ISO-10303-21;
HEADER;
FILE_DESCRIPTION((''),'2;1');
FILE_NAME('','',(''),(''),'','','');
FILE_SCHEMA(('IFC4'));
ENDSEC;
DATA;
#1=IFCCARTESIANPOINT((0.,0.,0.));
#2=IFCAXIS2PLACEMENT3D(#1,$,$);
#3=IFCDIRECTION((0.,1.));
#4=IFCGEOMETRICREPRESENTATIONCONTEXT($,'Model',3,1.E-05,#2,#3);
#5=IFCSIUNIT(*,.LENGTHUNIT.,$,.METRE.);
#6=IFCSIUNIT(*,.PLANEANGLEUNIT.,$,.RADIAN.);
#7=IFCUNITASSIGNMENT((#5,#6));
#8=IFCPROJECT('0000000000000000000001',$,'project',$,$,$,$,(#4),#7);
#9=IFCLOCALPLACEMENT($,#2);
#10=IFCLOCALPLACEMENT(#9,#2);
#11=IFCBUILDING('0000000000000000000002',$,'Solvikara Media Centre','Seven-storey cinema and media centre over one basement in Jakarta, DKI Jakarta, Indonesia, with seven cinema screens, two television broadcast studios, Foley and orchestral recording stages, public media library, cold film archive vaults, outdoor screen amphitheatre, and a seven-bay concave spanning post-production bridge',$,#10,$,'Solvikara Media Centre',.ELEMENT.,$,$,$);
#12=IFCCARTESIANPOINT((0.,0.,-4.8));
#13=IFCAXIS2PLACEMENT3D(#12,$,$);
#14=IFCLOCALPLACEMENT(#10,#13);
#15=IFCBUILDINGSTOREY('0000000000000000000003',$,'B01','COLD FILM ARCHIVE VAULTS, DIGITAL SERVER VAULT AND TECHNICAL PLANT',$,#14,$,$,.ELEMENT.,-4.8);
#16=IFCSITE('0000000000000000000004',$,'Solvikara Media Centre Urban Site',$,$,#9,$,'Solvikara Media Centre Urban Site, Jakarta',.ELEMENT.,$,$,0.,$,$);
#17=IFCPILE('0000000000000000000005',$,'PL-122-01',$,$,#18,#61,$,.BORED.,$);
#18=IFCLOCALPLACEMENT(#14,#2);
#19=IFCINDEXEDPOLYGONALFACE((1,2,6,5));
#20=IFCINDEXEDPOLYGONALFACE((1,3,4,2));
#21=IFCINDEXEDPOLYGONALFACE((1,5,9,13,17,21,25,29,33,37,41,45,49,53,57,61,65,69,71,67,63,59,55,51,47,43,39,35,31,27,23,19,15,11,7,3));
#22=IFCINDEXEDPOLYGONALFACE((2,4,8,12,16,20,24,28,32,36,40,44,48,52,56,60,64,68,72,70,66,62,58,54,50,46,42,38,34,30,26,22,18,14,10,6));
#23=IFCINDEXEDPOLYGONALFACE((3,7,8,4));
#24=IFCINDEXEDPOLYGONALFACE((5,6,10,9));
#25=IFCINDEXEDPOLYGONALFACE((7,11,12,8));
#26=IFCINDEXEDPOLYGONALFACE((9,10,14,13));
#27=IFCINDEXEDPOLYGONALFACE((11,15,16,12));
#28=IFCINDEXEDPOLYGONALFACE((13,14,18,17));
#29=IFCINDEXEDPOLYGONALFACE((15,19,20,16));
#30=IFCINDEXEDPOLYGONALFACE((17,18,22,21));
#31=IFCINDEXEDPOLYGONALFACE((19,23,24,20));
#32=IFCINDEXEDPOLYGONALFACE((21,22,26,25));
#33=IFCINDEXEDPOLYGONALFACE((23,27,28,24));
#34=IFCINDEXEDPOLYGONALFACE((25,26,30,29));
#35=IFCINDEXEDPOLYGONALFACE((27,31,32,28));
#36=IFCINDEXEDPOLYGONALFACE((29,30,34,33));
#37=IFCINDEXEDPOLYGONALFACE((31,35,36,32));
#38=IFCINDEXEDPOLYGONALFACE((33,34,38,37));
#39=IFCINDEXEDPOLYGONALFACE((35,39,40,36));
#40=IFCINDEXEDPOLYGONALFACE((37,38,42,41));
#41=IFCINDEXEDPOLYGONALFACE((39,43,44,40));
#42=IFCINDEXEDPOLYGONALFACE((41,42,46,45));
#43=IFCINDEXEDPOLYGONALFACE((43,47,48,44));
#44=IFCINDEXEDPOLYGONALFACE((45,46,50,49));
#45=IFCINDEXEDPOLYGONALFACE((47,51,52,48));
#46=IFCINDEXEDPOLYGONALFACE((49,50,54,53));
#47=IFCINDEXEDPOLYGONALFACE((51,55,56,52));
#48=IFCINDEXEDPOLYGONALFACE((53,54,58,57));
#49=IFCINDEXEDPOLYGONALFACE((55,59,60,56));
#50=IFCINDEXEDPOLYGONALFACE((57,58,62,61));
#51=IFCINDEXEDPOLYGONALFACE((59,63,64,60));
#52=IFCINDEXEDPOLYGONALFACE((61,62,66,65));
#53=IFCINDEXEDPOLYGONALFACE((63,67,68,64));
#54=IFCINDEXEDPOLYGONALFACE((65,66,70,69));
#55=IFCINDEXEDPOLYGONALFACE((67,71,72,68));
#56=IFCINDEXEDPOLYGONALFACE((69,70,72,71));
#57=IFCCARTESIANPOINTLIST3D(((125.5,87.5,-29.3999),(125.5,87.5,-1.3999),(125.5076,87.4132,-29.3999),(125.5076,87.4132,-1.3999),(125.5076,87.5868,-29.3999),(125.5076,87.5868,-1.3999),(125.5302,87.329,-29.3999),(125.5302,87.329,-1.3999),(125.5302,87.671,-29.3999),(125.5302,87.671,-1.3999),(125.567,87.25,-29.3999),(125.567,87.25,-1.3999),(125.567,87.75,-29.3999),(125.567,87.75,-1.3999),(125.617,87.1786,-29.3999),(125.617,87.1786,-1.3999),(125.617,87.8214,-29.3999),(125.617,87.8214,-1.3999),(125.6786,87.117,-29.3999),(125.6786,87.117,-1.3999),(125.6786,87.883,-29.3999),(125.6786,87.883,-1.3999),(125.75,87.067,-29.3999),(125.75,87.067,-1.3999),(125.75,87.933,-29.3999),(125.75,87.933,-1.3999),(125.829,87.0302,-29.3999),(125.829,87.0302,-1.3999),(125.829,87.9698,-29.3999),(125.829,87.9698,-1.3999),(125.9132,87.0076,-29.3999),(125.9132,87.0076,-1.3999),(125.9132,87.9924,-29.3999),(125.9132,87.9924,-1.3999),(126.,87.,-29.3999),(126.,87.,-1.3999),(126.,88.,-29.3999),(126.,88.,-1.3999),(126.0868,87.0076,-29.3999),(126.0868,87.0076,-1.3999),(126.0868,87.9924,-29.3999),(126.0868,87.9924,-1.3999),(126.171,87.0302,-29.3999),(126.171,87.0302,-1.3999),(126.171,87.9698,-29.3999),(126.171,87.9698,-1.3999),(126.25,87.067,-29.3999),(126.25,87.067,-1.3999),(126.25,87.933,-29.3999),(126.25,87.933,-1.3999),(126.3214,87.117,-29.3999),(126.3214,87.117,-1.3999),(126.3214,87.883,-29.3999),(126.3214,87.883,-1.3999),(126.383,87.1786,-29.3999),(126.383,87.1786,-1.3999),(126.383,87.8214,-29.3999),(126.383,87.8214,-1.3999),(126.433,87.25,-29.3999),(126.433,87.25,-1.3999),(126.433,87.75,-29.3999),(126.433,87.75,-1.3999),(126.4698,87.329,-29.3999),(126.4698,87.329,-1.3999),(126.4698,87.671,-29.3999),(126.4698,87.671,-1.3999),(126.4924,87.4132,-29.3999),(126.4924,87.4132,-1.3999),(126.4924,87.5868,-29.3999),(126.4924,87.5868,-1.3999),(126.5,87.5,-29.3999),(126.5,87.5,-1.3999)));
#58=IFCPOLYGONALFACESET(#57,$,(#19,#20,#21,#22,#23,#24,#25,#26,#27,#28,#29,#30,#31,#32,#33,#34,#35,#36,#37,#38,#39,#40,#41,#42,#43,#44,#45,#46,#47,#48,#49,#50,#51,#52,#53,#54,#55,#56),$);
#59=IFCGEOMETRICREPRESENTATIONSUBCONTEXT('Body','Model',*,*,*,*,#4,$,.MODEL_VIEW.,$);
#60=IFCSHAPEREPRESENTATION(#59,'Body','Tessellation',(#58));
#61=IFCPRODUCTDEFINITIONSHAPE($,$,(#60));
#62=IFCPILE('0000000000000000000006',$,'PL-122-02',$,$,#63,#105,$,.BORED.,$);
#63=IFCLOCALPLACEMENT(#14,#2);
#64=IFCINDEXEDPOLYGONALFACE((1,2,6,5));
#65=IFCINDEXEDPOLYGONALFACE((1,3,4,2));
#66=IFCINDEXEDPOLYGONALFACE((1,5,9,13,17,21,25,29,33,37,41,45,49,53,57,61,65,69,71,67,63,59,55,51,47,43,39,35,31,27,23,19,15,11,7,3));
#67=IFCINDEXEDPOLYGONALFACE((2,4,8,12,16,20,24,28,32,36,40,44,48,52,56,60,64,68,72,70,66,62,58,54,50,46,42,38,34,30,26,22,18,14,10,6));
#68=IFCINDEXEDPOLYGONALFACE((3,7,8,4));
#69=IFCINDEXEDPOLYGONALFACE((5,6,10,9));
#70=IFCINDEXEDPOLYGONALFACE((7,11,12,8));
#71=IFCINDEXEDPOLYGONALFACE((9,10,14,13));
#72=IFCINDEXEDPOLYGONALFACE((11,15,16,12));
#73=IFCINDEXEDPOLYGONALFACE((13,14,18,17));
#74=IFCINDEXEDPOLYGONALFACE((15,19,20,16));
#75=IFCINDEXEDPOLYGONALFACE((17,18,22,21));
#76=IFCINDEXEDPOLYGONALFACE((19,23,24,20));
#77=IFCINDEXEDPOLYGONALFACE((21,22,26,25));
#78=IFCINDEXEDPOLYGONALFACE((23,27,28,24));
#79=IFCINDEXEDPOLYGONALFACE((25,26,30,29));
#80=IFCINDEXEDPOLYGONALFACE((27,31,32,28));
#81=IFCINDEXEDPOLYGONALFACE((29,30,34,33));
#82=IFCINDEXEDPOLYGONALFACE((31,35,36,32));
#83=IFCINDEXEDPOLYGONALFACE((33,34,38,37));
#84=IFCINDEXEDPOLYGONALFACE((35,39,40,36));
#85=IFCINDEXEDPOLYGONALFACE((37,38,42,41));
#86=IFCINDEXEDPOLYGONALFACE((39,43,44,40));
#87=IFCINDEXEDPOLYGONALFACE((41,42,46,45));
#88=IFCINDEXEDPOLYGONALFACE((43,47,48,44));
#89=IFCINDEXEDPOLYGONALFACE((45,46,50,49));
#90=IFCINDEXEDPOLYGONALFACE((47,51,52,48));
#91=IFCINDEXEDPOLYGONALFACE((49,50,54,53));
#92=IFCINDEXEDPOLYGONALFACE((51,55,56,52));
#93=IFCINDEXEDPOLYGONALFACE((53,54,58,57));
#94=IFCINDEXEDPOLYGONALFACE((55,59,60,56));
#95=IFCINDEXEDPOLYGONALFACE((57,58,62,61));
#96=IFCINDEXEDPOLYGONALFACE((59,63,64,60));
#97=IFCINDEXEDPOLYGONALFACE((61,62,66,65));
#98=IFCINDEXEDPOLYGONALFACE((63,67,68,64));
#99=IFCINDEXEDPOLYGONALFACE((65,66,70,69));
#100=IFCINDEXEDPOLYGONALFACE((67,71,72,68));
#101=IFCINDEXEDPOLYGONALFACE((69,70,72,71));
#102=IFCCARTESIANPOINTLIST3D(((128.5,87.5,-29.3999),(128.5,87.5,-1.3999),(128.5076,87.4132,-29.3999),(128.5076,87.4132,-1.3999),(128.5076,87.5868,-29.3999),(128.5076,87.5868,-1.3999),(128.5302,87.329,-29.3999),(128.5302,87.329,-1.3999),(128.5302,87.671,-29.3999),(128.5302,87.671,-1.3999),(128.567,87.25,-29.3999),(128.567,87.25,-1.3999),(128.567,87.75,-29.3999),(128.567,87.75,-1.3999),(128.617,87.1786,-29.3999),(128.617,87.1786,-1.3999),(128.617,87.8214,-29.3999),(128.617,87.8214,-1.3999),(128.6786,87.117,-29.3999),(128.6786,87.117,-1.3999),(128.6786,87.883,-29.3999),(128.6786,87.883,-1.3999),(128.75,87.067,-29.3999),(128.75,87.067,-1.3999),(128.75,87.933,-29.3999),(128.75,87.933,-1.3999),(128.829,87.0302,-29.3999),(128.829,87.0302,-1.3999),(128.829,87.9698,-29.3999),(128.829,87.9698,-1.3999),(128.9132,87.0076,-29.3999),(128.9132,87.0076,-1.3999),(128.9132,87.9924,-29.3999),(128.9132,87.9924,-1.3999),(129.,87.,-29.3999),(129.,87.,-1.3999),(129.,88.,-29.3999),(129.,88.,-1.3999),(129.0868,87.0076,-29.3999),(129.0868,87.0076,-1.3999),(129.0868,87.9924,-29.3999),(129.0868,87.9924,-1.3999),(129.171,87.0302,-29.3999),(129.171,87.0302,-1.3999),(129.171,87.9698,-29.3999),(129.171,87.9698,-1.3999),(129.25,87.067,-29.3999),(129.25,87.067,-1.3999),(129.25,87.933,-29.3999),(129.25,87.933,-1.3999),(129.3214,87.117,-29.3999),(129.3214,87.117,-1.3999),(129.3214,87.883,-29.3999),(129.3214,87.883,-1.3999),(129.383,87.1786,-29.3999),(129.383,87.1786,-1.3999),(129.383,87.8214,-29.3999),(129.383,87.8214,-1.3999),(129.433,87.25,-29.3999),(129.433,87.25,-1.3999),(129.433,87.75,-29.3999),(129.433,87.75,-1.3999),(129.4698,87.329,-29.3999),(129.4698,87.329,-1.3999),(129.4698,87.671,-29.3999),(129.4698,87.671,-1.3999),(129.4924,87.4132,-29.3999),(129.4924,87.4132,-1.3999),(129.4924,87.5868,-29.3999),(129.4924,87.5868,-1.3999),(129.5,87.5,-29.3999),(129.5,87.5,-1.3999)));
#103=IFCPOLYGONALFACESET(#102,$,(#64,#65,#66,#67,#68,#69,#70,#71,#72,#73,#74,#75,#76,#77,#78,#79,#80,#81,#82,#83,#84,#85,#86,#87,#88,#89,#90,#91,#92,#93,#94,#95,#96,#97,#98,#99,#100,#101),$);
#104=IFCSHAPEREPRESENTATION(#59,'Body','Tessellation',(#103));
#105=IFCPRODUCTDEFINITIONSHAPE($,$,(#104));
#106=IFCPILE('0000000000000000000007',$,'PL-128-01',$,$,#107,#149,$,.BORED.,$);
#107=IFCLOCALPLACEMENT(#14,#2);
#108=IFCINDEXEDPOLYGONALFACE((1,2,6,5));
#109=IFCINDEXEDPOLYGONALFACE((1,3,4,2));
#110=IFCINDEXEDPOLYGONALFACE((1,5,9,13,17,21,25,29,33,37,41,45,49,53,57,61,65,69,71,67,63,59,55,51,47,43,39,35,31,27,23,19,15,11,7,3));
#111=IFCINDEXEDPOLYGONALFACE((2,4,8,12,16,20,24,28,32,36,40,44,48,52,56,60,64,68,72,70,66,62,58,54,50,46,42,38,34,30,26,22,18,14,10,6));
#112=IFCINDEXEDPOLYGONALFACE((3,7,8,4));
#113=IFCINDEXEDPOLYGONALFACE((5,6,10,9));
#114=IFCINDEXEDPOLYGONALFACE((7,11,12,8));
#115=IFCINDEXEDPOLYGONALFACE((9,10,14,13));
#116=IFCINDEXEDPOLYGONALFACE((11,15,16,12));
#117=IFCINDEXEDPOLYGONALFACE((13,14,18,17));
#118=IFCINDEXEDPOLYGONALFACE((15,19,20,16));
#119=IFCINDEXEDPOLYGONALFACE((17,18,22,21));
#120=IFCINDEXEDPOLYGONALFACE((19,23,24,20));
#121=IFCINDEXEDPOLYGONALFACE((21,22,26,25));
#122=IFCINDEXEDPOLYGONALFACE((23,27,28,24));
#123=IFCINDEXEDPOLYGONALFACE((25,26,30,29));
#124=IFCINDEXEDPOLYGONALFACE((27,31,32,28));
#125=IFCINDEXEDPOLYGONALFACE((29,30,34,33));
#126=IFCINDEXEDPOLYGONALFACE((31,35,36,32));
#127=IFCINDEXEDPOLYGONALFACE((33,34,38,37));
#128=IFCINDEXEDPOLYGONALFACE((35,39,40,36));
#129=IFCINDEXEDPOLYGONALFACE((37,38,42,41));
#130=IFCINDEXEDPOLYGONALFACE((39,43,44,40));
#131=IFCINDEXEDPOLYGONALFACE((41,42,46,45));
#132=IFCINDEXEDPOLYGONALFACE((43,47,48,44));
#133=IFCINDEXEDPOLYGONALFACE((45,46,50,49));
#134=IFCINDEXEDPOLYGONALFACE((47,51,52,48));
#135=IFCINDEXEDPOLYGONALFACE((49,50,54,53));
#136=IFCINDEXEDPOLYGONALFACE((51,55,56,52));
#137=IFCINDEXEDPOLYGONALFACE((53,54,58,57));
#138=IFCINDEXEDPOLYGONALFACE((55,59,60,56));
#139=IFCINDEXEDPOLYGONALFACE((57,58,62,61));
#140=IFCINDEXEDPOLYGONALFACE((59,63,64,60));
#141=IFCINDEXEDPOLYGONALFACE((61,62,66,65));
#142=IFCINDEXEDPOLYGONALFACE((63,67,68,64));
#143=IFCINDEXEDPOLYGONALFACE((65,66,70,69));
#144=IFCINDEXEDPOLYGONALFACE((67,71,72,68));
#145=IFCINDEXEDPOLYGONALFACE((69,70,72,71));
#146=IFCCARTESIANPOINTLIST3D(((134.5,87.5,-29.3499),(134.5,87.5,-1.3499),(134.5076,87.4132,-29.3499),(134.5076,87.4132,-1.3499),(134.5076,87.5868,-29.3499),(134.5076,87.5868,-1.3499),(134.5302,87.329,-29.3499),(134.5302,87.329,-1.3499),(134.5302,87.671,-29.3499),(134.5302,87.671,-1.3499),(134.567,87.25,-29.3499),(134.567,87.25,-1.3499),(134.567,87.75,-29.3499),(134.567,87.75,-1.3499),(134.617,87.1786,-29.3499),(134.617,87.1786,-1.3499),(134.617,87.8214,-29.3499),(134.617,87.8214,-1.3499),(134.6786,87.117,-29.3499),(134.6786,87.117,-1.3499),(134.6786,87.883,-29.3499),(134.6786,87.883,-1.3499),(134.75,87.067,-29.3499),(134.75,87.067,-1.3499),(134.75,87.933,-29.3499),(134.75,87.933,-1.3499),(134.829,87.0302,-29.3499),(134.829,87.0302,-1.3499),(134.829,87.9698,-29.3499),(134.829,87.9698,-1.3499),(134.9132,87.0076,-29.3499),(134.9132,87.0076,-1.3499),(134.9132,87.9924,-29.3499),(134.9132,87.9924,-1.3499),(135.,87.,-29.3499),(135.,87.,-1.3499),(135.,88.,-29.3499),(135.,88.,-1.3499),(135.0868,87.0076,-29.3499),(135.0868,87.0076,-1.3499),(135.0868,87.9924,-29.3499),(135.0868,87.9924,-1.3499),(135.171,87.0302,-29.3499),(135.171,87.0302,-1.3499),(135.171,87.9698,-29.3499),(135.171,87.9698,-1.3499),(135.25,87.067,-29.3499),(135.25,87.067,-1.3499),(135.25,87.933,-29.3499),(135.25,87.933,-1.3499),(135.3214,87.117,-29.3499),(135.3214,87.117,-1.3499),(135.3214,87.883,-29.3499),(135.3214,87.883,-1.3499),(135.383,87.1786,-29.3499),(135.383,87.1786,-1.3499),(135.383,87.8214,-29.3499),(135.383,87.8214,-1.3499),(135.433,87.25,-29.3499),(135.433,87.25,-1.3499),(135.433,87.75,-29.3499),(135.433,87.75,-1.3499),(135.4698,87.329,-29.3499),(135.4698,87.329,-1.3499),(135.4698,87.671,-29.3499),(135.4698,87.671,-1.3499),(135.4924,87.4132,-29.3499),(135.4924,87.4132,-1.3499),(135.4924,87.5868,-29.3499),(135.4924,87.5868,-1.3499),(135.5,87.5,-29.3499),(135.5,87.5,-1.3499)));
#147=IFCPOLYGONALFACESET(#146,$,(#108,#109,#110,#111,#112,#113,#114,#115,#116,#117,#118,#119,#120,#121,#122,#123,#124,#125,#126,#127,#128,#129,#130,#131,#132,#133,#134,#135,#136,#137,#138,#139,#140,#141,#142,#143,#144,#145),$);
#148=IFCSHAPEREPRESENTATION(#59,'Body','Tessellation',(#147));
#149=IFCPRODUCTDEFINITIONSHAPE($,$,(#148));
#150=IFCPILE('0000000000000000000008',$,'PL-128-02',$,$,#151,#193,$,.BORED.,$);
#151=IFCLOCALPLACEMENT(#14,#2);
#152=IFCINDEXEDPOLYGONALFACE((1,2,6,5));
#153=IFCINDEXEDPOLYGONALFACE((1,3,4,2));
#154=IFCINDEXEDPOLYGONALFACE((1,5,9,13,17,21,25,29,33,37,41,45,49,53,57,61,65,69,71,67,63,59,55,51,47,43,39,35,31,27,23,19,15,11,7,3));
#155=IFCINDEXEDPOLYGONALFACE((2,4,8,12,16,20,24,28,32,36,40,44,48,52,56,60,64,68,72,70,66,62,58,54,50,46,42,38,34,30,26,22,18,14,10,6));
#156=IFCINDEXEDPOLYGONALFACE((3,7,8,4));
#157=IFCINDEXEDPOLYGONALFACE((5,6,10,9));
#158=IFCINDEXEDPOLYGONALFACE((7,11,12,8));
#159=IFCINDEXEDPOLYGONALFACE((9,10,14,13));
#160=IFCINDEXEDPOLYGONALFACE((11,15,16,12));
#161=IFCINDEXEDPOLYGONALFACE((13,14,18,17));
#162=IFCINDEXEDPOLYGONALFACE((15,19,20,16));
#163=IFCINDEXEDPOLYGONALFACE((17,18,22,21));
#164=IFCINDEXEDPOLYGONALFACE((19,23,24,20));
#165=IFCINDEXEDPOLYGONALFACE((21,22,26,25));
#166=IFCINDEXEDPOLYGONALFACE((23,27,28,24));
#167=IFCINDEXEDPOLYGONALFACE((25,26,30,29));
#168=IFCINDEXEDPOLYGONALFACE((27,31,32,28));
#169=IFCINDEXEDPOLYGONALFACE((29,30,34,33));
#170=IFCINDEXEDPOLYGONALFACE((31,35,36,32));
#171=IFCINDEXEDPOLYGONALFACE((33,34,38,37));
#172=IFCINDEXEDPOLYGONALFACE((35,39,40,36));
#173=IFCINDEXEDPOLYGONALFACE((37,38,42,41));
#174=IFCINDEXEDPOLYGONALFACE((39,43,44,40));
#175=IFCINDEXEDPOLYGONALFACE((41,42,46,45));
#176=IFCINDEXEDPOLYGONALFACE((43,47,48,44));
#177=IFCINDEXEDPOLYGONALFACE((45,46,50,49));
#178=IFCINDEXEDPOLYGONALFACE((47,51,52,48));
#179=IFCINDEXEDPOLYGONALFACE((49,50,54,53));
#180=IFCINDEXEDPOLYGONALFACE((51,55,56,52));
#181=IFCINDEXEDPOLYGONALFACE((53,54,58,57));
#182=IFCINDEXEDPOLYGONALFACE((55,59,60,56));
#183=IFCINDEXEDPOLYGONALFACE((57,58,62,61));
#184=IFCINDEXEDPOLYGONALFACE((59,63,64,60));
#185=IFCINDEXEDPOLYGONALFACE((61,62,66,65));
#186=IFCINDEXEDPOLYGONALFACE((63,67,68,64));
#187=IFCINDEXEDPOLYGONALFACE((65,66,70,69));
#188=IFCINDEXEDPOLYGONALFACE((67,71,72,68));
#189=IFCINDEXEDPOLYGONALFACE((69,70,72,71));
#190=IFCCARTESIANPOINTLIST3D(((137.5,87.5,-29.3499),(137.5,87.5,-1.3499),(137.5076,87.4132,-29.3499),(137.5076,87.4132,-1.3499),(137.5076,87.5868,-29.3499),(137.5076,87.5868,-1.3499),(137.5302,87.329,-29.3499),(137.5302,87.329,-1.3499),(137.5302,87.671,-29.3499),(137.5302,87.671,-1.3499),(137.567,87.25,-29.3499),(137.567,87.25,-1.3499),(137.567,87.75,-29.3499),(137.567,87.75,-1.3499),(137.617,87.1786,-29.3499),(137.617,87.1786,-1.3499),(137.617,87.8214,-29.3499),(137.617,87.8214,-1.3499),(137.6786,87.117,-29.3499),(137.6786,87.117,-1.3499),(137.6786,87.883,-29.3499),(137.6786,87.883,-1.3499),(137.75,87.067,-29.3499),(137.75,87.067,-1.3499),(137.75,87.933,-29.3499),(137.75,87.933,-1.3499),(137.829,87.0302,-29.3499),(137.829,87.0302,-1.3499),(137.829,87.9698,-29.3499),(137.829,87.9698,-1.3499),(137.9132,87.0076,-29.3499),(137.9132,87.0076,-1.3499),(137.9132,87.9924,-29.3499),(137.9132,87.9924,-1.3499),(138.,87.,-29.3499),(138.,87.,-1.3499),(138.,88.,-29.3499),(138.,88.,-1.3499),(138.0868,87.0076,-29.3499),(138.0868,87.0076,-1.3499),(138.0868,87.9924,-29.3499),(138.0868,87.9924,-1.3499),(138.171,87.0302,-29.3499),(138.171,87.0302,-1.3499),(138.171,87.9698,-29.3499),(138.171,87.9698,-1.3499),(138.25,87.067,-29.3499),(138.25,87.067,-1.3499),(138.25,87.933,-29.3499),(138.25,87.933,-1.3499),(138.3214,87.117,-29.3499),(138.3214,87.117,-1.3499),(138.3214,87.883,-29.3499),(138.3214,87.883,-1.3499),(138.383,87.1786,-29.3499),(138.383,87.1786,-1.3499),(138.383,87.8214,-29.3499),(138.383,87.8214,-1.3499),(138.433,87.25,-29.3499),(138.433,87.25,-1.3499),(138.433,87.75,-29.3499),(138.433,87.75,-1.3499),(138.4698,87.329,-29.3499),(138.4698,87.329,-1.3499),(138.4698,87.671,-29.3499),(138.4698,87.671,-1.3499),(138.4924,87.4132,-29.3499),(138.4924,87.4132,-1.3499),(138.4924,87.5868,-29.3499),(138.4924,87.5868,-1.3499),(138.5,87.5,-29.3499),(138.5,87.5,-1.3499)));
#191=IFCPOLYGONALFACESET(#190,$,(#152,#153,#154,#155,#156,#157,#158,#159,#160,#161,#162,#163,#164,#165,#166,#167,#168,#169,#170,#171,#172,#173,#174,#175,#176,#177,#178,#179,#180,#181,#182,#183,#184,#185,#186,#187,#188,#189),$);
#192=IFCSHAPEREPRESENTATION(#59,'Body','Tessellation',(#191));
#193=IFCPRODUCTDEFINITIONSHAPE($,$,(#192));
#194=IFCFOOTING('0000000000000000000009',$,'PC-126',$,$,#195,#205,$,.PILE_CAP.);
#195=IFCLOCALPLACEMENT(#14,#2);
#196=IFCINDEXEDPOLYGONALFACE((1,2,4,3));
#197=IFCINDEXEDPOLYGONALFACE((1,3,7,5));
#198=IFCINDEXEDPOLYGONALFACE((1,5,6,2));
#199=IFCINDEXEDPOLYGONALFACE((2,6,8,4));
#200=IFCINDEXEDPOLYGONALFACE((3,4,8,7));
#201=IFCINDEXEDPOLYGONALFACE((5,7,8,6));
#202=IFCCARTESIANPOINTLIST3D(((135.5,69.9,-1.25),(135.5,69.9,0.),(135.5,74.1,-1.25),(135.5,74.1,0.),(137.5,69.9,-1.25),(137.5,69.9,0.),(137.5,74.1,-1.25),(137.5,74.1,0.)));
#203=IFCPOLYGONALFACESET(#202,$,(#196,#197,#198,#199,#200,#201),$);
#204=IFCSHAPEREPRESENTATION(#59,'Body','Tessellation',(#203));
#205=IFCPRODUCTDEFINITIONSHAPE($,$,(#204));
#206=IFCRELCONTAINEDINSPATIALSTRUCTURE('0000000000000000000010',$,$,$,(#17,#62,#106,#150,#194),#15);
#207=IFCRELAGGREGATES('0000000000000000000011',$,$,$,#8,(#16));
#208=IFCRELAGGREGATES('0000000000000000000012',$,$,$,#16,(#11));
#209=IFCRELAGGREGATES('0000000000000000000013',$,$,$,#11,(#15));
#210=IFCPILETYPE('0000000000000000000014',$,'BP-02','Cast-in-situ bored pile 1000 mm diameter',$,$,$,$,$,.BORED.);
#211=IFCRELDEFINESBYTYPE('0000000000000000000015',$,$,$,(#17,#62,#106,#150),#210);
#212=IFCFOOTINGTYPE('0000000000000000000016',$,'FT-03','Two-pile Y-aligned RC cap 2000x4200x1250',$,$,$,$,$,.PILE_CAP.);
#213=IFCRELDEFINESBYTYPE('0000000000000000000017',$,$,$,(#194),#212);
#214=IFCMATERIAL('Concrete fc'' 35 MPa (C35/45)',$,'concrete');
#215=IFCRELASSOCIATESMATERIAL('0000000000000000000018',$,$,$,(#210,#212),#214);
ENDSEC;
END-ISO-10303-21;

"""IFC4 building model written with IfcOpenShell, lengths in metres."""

from ifc_helpers import new_model, si_unit, direction, frame, origin, origin_2d, place, context, subcontext, project, spatial, rectangle, circle, extrude, material, material_profile, profile_set, type_object, element, save


model = new_model("IFC4")

# Units and contexts
model_context = context("Model", 3, precision=1e-05, world=origin(), true_north=direction((0.0, 1.0)))
body_context = subcontext(model_context, "Body", "Model", "MODEL_VIEW")
ifc_project = project(units=[si_unit("LENGTHUNIT", "METRE"), si_unit("PLANEANGLEUNIT", "RADIAN")], contexts=[model_context])

# Site, building, storey
site_placement = place(None, origin())
site = spatial("IfcSite", under=ifc_project, at=site_placement, Name="Solvikara Media Centre Urban Site", LongName="Solvikara Media Centre Urban Site, Jakarta", CompositionType="ELEMENT", RefElevation=0.0)
building_placement = place(site_placement, origin())
building = spatial("IfcBuilding", under=site, at=building_placement, Name="Solvikara Media Centre", Description="Seven-storey cinema and media centre over one basement in Jakarta, DKI Jakarta, Indonesia, with seven cinema screens, two television broadcast studios, Foley and orchestral recording stages, public media library, cold film archive vaults, outdoor screen amphitheatre, and a seven-bay concave spanning post-production bridge", LongName="Solvikara Media Centre", CompositionType="ELEMENT")
storey_placement = place(building_placement, frame((0.0, 0.0, -4.8)))
storey = spatial("IfcBuildingStorey", under=building, at=storey_placement, Name="B01", Description="COLD FILM ARCHIVE VAULTS, DIGITAL SERVER VAULT AND TECHNICAL PLANT", CompositionType="ELEMENT", Elevation=-4.8)

# Piles
ifc_material_1 = material(Name="Concrete fc' 35 MPa (C35/45)", Category="concrete")
ifc_material_profile_1 = material_profile(ifc_material_1, circle(Radius=0.5, at=origin_2d()), Name="BORED PILE D1000")
ifc_profile_set_1 = profile_set([ifc_material_profile_1], Name="Concrete fc' 35 MPa (C35/45)")
pile_type_1 = type_object("IfcPileType", Name="BP-02", Description="Cast-in-situ bored pile 1000 mm diameter", PredefinedType="BORED", material=ifc_profile_set_1)
for number, where, z_axis, x_axis, name in (
    (1, (126.0, 87.5, -1.3999), (0.0, 0.0, -1.0), (1.0, 0.0, 0.0), "PL-122-01"),
    (2, (129.0, 87.5, -1.3999), (0.0, 0.0, -1.0), (1.0, 0.0, 0.0), "PL-122-02"),
    (3, (135.0, 87.5, -1.3499), (0.0, 0.0, -1.0), (1.0, 0.0, 0.0), "PL-128-01"),
    (4, (138.0, 87.5, -1.3499), (0.0, 0.0, -1.0), (1.0, 0.0, 0.0), "PL-128-02"),
):
    element("IfcPile", number, at=place(storey_placement, frame(where, z_axis=z_axis, x_axis=x_axis)), inside=storey, type_object=pile_type_1, Name=name, PredefinedType="BORED", context=body_context, shape_type="SweptSolid", body=[
        extrude(circle(Radius=0.5, at=origin_2d()), origin(), (0.0, 0.0, 1.0), 28.0),
    ])

# Footing
footing_type_1 = type_object("IfcFootingType", Name="FT-03", Description="Two-pile Y-aligned RC cap 2000x4200x1250", PredefinedType="PILE_CAP", material=ifc_material_1)
footing_1_placement = place(storey_placement, frame((136.5, 72.0, -1.25), z_axis=(0.0, 0.0, 1.0), x_axis=(1.0, 0.0, 0.0)))
element("IfcFooting", 5, at=footing_1_placement, inside=storey, type_object=footing_type_1, Name="PC-126", PredefinedType="PILE_CAP", context=body_context, shape_type="SweptSolid", body=[
    extrude(rectangle(XDim=2.0, YDim=4.2, at=origin_2d()), origin(), (0.0, 0.0, 1.0), 1.25),
])

save(model, "model.ifc")
